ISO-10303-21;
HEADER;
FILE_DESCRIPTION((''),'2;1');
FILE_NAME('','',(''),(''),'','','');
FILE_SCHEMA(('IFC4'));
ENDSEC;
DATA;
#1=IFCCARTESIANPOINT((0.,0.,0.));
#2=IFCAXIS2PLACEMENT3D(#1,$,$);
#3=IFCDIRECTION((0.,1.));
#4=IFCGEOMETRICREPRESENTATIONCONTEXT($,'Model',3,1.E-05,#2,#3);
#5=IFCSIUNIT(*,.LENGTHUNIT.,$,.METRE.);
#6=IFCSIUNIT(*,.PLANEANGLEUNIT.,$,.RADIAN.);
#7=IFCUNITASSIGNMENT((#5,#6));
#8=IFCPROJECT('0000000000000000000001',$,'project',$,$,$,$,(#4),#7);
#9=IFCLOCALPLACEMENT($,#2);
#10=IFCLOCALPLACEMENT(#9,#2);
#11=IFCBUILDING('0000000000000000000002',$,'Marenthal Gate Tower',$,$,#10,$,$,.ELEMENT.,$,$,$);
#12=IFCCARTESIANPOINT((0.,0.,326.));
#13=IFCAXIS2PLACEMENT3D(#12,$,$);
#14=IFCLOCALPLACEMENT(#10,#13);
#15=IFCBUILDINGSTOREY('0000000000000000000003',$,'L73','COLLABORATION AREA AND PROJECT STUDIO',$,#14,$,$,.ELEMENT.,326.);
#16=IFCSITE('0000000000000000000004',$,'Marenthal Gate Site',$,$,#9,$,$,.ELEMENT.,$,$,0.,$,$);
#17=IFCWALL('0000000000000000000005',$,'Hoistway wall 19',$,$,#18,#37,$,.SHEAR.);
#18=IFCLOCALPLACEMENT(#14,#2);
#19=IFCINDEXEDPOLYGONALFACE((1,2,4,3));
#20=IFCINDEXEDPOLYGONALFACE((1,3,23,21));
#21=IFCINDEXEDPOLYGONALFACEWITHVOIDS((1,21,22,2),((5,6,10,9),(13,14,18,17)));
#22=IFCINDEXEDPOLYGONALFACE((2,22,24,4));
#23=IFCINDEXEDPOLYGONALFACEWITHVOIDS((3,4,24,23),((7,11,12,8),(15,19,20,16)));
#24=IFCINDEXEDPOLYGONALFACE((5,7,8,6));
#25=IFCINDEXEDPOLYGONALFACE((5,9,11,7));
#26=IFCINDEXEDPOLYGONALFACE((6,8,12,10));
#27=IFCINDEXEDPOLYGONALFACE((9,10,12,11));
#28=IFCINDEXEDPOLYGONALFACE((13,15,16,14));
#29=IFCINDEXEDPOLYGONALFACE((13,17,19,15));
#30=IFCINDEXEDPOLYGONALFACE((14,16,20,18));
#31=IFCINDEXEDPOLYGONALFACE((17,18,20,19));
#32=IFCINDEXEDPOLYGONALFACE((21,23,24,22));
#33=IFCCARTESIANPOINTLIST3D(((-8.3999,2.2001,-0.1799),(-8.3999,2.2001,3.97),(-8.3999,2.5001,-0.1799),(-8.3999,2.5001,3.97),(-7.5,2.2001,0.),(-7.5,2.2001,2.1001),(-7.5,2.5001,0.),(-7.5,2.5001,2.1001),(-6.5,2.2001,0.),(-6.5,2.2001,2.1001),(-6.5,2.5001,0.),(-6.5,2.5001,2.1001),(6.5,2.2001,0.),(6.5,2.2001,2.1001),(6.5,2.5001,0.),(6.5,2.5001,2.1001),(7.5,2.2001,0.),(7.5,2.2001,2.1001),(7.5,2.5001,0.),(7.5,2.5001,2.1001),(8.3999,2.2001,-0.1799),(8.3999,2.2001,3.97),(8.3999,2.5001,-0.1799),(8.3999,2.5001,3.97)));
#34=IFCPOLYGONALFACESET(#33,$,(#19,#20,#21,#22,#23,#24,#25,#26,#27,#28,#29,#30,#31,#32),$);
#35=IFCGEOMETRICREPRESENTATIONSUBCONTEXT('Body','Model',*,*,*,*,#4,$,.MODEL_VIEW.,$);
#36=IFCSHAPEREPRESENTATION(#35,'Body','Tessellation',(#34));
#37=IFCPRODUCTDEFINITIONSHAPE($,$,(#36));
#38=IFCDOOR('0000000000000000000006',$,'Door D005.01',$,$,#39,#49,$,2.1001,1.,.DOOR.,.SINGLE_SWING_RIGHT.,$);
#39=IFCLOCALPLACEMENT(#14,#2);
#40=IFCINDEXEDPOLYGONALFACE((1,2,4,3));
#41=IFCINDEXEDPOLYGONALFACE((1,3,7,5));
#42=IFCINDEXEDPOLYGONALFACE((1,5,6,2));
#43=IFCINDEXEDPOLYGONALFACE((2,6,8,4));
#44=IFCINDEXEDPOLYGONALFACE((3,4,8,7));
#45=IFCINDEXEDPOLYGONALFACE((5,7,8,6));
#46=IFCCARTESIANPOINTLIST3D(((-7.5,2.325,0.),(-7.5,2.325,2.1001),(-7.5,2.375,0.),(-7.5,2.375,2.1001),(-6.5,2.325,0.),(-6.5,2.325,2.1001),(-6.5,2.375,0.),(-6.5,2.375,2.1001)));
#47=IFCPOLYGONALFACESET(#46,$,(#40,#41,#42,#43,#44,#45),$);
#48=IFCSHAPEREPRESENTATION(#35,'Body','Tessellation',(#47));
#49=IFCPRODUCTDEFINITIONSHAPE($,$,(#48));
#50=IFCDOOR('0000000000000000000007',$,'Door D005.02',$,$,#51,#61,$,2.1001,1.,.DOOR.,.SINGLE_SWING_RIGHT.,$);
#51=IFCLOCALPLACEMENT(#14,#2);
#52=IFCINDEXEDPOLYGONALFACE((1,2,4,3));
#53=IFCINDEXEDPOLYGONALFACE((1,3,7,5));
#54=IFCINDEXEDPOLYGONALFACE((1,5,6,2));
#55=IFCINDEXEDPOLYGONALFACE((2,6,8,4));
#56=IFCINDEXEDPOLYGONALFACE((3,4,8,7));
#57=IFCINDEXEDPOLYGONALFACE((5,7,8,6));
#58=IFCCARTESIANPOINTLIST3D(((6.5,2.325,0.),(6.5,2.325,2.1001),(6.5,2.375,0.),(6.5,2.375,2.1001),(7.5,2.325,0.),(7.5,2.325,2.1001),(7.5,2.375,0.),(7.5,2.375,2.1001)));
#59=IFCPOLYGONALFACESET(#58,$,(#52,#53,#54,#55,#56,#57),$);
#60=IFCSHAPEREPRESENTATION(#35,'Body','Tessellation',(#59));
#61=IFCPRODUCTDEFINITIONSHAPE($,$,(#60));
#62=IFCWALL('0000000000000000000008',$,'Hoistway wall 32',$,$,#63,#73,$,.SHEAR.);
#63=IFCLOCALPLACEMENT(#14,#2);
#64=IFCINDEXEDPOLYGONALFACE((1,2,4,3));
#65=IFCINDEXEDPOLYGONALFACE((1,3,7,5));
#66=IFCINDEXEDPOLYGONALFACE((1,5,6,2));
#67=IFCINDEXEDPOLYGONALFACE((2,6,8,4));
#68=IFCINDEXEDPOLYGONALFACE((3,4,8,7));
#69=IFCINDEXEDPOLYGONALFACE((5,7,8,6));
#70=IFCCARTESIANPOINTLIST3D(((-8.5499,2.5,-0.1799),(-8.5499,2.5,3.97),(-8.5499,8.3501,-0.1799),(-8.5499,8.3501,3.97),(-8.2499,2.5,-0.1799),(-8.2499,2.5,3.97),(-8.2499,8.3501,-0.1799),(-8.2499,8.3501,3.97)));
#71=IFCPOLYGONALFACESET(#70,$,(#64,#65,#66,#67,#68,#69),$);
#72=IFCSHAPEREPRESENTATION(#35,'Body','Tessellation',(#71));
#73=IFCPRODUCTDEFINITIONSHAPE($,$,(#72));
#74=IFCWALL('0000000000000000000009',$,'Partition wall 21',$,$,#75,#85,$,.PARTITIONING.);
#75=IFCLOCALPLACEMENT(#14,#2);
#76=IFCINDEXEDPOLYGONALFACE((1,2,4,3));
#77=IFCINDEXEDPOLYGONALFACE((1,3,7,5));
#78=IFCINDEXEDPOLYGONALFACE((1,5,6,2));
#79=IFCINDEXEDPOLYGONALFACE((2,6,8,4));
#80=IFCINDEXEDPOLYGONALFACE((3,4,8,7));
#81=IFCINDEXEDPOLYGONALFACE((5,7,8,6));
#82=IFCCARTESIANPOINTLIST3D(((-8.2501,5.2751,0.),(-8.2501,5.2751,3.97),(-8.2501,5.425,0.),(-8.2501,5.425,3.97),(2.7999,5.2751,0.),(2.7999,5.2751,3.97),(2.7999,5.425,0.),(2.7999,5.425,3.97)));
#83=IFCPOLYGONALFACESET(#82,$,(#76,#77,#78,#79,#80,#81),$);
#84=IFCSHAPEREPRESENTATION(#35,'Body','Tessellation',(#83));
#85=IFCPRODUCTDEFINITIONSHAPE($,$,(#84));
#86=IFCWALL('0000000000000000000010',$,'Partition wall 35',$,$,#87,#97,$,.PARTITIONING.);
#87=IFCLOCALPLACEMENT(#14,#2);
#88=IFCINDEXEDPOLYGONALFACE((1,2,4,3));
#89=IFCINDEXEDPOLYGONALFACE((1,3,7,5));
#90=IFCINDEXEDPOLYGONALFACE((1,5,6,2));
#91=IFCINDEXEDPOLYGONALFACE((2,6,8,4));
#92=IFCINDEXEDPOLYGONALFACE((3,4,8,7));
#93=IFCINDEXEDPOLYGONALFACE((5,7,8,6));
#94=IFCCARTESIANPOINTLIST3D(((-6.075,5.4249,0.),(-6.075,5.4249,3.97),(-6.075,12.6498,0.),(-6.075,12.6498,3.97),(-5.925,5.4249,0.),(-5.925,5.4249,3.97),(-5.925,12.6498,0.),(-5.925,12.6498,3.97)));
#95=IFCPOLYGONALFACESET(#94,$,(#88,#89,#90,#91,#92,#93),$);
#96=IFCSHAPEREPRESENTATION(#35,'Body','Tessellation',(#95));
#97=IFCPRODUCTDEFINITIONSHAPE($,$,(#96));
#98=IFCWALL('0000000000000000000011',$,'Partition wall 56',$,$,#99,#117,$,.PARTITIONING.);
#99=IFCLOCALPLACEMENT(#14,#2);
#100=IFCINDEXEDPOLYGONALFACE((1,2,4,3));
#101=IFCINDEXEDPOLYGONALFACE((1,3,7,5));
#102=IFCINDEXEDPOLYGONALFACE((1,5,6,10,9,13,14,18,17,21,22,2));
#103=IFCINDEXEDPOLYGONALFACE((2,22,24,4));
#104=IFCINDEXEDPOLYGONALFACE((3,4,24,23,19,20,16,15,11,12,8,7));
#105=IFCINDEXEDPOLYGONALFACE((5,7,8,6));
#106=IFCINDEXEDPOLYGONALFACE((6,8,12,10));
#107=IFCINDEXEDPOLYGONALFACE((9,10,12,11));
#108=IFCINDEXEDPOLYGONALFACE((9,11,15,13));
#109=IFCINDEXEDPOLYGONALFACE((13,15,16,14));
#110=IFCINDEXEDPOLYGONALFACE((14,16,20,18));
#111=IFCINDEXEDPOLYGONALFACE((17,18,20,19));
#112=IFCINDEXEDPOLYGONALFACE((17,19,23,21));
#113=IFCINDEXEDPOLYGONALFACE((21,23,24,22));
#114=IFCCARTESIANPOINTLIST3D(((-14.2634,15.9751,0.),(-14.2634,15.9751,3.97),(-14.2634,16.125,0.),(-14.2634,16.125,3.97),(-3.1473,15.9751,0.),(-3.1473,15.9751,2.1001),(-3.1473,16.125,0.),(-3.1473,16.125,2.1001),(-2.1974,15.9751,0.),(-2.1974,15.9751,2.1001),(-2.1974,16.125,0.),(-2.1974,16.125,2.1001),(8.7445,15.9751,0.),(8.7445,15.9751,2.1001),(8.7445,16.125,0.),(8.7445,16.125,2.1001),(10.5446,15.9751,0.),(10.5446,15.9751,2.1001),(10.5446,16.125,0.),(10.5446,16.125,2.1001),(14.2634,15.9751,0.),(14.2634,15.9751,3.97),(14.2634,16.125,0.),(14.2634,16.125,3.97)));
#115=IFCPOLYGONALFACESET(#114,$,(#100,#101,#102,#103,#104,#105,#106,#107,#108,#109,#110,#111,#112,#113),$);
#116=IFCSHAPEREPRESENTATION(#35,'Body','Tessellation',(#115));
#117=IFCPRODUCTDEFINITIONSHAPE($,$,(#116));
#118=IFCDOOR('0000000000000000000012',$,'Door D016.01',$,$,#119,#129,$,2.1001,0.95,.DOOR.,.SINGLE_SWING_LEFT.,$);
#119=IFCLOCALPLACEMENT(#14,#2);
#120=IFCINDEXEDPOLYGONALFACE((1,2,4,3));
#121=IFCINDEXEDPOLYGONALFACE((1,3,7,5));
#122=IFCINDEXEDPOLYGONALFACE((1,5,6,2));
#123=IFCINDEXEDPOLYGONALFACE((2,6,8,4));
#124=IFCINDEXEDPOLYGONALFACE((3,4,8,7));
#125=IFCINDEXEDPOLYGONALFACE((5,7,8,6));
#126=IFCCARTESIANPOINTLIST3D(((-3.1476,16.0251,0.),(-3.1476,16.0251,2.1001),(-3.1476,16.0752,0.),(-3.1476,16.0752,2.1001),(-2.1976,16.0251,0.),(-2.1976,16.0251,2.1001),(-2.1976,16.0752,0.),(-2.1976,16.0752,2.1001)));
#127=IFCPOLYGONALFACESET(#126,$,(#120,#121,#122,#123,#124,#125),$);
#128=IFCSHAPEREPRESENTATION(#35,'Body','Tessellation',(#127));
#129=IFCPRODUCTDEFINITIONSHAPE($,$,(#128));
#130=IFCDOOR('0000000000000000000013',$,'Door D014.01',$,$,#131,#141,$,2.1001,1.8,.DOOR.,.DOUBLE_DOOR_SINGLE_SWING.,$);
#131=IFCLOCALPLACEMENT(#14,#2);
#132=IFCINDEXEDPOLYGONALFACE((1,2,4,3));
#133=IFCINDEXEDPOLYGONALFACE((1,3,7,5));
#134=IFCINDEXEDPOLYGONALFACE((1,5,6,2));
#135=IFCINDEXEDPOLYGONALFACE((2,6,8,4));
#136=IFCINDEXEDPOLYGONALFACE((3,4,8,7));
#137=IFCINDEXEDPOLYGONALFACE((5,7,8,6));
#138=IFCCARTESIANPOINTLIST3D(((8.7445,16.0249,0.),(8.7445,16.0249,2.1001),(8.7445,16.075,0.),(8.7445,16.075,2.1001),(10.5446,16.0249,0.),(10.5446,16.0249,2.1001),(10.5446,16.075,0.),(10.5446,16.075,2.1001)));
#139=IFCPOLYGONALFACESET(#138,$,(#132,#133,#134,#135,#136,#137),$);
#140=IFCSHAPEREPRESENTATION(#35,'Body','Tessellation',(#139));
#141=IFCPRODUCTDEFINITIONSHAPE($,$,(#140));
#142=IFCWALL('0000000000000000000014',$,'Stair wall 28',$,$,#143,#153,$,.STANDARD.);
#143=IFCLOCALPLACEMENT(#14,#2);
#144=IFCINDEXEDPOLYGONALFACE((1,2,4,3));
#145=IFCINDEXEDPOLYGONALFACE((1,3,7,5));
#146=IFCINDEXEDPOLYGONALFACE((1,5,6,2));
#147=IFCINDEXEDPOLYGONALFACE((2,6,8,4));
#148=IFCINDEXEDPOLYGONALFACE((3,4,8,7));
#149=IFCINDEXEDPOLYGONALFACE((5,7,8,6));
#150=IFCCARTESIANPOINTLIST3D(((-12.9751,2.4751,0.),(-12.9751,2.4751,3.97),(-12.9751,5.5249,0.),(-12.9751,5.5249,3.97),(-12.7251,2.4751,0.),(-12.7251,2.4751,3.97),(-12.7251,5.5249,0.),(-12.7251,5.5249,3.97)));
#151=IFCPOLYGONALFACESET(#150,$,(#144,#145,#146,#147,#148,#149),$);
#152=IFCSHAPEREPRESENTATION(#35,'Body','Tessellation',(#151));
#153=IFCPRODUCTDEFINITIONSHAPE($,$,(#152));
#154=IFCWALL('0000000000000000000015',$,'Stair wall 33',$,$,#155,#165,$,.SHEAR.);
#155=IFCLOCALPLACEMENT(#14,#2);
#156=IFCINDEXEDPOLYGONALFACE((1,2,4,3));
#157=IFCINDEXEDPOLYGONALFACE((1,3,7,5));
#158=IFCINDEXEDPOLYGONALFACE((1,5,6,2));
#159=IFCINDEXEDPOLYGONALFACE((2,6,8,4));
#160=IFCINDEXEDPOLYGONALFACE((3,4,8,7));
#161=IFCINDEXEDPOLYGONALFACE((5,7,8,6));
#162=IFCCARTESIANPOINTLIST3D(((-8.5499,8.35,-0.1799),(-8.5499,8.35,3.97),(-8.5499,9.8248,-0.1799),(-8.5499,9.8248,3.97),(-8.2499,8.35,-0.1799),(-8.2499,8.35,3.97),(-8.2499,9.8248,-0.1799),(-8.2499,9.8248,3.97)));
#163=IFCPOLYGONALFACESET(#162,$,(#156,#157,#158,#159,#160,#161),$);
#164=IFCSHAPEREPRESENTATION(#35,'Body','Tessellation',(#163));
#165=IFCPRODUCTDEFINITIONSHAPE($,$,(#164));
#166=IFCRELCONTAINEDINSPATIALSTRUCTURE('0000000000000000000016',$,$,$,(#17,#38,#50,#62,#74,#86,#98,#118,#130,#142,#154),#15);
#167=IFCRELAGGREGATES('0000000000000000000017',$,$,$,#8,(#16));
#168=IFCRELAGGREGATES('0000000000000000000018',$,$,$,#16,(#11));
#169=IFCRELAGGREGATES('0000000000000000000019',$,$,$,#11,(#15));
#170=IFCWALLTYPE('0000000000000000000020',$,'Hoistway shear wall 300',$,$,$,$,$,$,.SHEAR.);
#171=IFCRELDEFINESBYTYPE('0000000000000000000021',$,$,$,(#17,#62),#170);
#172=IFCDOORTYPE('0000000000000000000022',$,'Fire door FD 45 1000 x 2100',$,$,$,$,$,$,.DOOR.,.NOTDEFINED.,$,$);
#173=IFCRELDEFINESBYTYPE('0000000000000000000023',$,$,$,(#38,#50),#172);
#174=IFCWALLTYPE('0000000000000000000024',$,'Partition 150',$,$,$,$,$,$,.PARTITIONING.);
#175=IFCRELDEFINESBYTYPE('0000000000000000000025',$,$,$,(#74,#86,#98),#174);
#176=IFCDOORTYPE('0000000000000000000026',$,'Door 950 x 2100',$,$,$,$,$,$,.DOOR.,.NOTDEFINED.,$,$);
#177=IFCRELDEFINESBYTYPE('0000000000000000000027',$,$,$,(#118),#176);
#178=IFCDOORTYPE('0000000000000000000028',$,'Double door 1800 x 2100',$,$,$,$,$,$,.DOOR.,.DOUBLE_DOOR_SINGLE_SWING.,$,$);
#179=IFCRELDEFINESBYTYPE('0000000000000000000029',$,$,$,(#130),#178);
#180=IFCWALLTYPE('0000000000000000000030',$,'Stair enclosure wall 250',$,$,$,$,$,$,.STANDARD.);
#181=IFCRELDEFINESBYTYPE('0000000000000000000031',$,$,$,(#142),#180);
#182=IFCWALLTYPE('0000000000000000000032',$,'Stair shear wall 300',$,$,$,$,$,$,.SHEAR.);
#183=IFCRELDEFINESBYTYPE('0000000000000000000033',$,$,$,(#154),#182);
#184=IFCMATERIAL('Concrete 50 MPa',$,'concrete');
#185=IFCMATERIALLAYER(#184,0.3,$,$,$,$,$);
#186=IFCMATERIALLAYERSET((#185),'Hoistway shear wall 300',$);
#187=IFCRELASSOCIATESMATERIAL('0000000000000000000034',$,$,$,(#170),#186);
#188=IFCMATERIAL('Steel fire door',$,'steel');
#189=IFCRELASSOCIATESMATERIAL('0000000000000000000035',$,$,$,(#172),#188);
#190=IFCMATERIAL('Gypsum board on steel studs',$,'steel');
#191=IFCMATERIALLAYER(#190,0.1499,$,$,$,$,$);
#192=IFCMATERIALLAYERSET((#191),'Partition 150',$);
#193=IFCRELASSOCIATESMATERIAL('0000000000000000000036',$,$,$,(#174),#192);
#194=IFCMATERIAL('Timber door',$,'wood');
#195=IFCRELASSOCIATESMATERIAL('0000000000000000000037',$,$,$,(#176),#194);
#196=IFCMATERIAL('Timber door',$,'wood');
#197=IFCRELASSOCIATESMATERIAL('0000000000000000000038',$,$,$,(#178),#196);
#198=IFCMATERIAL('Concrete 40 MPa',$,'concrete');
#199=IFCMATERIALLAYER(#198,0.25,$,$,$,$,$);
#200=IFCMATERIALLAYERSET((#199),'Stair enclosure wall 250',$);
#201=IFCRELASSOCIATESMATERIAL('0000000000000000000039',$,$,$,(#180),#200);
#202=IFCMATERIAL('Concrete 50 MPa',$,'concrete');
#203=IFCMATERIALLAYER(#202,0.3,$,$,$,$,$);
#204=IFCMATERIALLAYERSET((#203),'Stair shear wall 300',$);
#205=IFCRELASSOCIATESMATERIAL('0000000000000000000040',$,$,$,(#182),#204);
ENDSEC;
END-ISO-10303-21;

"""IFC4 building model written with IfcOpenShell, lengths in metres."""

from ifc_helpers import new_model, si_unit, direction, frame, frame_2d, origin, place, context, subcontext, project, spatial, rectangle, extrude, material, layer, layer_set, type_object, element, fill, save


model = new_model("IFC4")

# Units and contexts
model_context = context("Model", 3, precision=1e-05, world=origin(), true_north=direction((0.0, 1.0)))
body_context = subcontext(model_context, "Body", "Model", "MODEL_VIEW")
ifc_project = project(units=[si_unit("LENGTHUNIT", "METRE"), si_unit("PLANEANGLEUNIT", "RADIAN")], contexts=[model_context])

# Site, building, storey
site_placement = place(None, origin())
site = spatial("IfcSite", under=ifc_project, at=site_placement, Name="Marenthal Gate Site", CompositionType="ELEMENT", RefElevation=0.0)
building_placement = place(site_placement, origin())
building = spatial("IfcBuilding", under=site, at=building_placement, Name="Marenthal Gate Tower", CompositionType="ELEMENT")
storey_placement = place(building_placement, frame((0.0, 0.0, 326.0)))
storey = spatial("IfcBuildingStorey", under=building, at=storey_placement, Name="L73", Description="COLLABORATION AREA AND PROJECT STUDIO", CompositionType="ELEMENT", Elevation=326.0)

# Wall, openings, doors
ifc_material_1 = material(Name="Concrete 50 MPa", Category="concrete")
ifc_layer_1 = layer(ifc_material_1, 0.3)
ifc_layer_set_1 = layer_set([ifc_layer_1], Name="Hoistway shear wall 300")
wall_type_1 = type_object("IfcWallType", Name="Hoistway shear wall 300", PredefinedType="SHEAR", material=ifc_layer_set_1)
wall_1_placement = place(storey_placement, frame((-8.3999, 2.3501, -0.1799), z_axis=(0.0, 0.0, 1.0), x_axis=(1.0, 0.0, 0.0)))
wall_1 = element("IfcWall", 1, at=wall_1_placement, inside=storey, type_object=wall_type_1, Name="Hoistway wall 19", PredefinedType="SHEAR", context=body_context, shape_type="SweptSolid", body=[
    extrude(rectangle(XDim=16.7998, YDim=0.3, at=frame_2d((8.3999, 0.0))), origin(), (0.0, 0.0, 1.0), 4.1499),
])
opening_1_placement = place(wall_1_placement, frame((0.8999, 0.0, 0.1799)))
opening_1 = element("IfcOpeningElement", 2, at=opening_1_placement, cuts=wall_1, PredefinedType="OPENING", context=body_context, shape_type="SweptSolid", body=[
    extrude(rectangle(XDim=1.0, YDim=2.1001, at=frame_2d((0.5, 1.05))), frame((0.0, 0.1602, 0.0), z_axis=(0.0, -1.0, 0.0), x_axis=(1.0, 0.0, 0.0)), (0.0, 0.0, 1.0), 0.3201),
])
opening_2_placement = place(wall_1_placement, frame((14.8999, 0.0, 0.1799)))
opening_2 = element("IfcOpeningElement", 3, at=opening_2_placement, cuts=wall_1, PredefinedType="OPENING", context=body_context, shape_type="SweptSolid", body=[
    extrude(rectangle(XDim=1.0, YDim=2.1001, at=frame_2d((0.5, 1.05))), frame((0.0, 0.1602, 0.0), z_axis=(0.0, -1.0, 0.0), x_axis=(1.0, 0.0, 0.0)), (0.0, 0.0, 1.0), 0.3201),
])
ifc_material_2 = material(Name="Steel fire door", Category="steel")
door_type_1 = type_object("IfcDoorType", Name="Fire door FD 45 1000 x 2100", OperationType="NOTDEFINED", PredefinedType="DOOR", material=ifc_material_2)
door_1_placement = place(opening_1_placement, origin())
door_1 = element("IfcDoor", 4, at=door_1_placement, inside=storey, type_object=door_type_1, Name="Door D005.01", OperationType="SINGLE_SWING_RIGHT", OverallHeight=2.1001, OverallWidth=1.0, PredefinedType="DOOR", context=body_context, shape_type="SweptSolid", body=[
    extrude(rectangle(XDim=1.0, YDim=2.1001, at=frame_2d((0.5, 1.05))), frame((0.0, 0.0249, 0.0), z_axis=(0.0, -1.0, 0.0), x_axis=(1.0, 0.0, 0.0)), (0.0, 0.0, 1.0), 0.05),
])
fill(opening_1, door_1)
door_2_placement = place(opening_2_placement, origin())
door_2 = element("IfcDoor", 5, at=door_2_placement, inside=storey, type_object=door_type_1, Name="Door D005.02", OperationType="SINGLE_SWING_RIGHT", OverallHeight=2.1001, OverallWidth=1.0, PredefinedType="DOOR", context=body_context, shape_type="SweptSolid", body=[
    extrude(rectangle(XDim=1.0, YDim=2.1001, at=frame_2d((0.5, 1.05))), frame((0.0, 0.0249, 0.0), z_axis=(0.0, -1.0, 0.0), x_axis=(1.0, 0.0, 0.0)), (0.0, 0.0, 1.0), 0.05),
])
fill(opening_2, door_2)

# Walls
wall_2_placement = place(storey_placement, frame((-8.3999, 2.5, -0.1799), z_axis=(0.0, 0.0, 1.0), x_axis=(0.0, 1.0, 0.0)))
element("IfcWall", 6, at=wall_2_placement, inside=storey, type_object=wall_type_1, Name="Hoistway wall 32", PredefinedType="SHEAR", context=body_context, shape_type="SweptSolid", body=[
    extrude(rectangle(XDim=5.8501, YDim=0.3, at=frame_2d((2.925, 0.0))), origin(), (0.0, 0.0, 1.0), 4.1499),
])
ifc_material_3 = material(Name="Gypsum board on steel studs", Category="steel")
ifc_layer_2 = layer(ifc_material_3, 0.1499)
ifc_layer_set_2 = layer_set([ifc_layer_2], Name="Partition 150")
wall_type_2 = type_object("IfcWallType", Name="Partition 150", PredefinedType="PARTITIONING", material=ifc_layer_set_2)
wall_3_placement = place(storey_placement, frame((-8.25, 5.3501, 0.0), z_axis=(0.0, 0.0, 1.0), x_axis=(1.0, 0.0, 0.0)))
element("IfcWall", 7, at=wall_3_placement, inside=storey, type_object=wall_type_2, Name="Partition wall 21", PredefinedType="PARTITIONING", context=body_context, shape_type="SweptSolid", body=[
    extrude(rectangle(XDim=11.05, YDim=0.1499, at=frame_2d((5.5249, 0.0))), origin(), (0.0, 0.0, 1.0), 3.97),
])
wall_4_placement = place(storey_placement, frame((-6.0, 5.425, 0.0), z_axis=(0.0, 0.0, 1.0), x_axis=(0.0, 1.0, 0.0)))
element("IfcWall", 8, at=wall_4_placement, inside=storey, type_object=wall_type_2, Name="Partition wall 35", PredefinedType="PARTITIONING", context=body_context, shape_type="SweptSolid", body=[
    extrude(rectangle(XDim=7.2249, YDim=0.1499, at=frame_2d((3.6123, 0.0))), origin(), (0.0, 0.0, 1.0), 3.97),
])

# Wall, openings, doors
wall_5_placement = place(storey_placement, frame((-14.2634, 16.05, 0.0), z_axis=(0.0, 0.0, 1.0), x_axis=(1.0, 0.0, 0.0)))
wall_5 = element("IfcWall", 9, at=wall_5_placement, inside=storey, type_object=wall_type_2, Name="Partition wall 56", PredefinedType="PARTITIONING", context=body_context, shape_type="SweptSolid", body=[
    extrude(rectangle(XDim=28.5269, YDim=0.1499, at=frame_2d((14.2634, 0.0))), origin(), (0.0, 0.0, 1.0), 3.97),
])
opening_3_placement = place(wall_5_placement, frame((23.0081, 0.0, 0.0)))
opening_3 = element("IfcOpeningElement", 10, at=opening_3_placement, cuts=wall_5, PredefinedType="OPENING", context=body_context, shape_type="SweptSolid", body=[
    extrude(rectangle(XDim=1.8, YDim=2.1001, at=frame_2d((0.8999, 1.05))), frame((0.0, 0.085, 0.0), z_axis=(0.0, -1.0, 0.0), x_axis=(1.0, 0.0, 0.0)), (0.0, 0.0, 1.0), 0.1699),
])
opening_4_placement = place(wall_5_placement, frame((11.116, 0.0, 0.0)))
opening_4 = element("IfcOpeningElement", 11, at=opening_4_placement, cuts=wall_5, PredefinedType="OPENING", context=body_context, shape_type="SweptSolid", body=[
    extrude(rectangle(XDim=0.95, YDim=2.1001, at=frame_2d((0.4751, 1.05))), frame((0.0, 0.085, 0.0), z_axis=(0.0, -1.0, 0.0), x_axis=(1.0, 0.0, 0.0)), (0.0, 0.0, 1.0), 0.1699),
])
ifc_material_4 = material(Name="Timber door", Category="wood")
door_type_2 = type_object("IfcDoorType", Name="Door 950 x 2100", OperationType="NOTDEFINED", PredefinedType="DOOR", material=ifc_material_4)
door_3_placement = place(opening_4_placement, frame((0.95, 0.0, 0.0), z_axis=(0.0, 0.0, 1.0), x_axis=(-1.0, 0.0, 0.0)))
door_3 = element("IfcDoor", 12, at=door_3_placement, inside=storey, type_object=door_type_2, Name="Door D016.01", OperationType="SINGLE_SWING_LEFT", OverallHeight=2.1001, OverallWidth=0.95, PredefinedType="DOOR", context=body_context, shape_type="SweptSolid", body=[
    extrude(rectangle(XDim=0.95, YDim=2.1001, at=frame_2d((0.4751, 1.05))), frame((0.0, 0.0249, 0.0), z_axis=(0.0, -1.0, 0.0), x_axis=(1.0, 0.0, 0.0)), (0.0, 0.0, 1.0), 0.05),
])
fill(opening_4, door_3)
ifc_material_5 = material(Name="Timber door", Category="wood")
door_type_3 = type_object("IfcDoorType", Name="Double door 1800 x 2100", OperationType="DOUBLE_DOOR_SINGLE_SWING", PredefinedType="DOOR", material=ifc_material_5)
door_4_placement = place(opening_3_placement, origin())
door_4 = element("IfcDoor", 13, at=door_4_placement, inside=storey, type_object=door_type_3, Name="Door D014.01", OperationType="DOUBLE_DOOR_SINGLE_SWING", OverallHeight=2.1001, OverallWidth=1.8, PredefinedType="DOOR", context=body_context, shape_type="SweptSolid", body=[
    extrude(rectangle(XDim=1.8, YDim=2.1001, at=frame_2d((0.8999, 1.05))), frame((0.0, 0.0249, 0.0), z_axis=(0.0, -1.0, 0.0), x_axis=(1.0, 0.0, 0.0)), (0.0, 0.0, 1.0), 0.05),
])
fill(opening_3, door_4)

# Walls
ifc_material_6 = material(Name="Concrete 40 MPa", Category="concrete")
ifc_layer_3 = layer(ifc_material_6, 0.25)
ifc_layer_set_3 = layer_set([ifc_layer_3], Name="Stair enclosure wall 250")
wall_type_3 = type_object("IfcWallType", Name="Stair enclosure wall 250", PredefinedType="STANDARD", material=ifc_layer_set_3)
wall_6_placement = place(storey_placement, frame((-12.8501, 2.4751, 0.0), z_axis=(0.0, 0.0, 1.0), x_axis=(0.0, 1.0, 0.0)))
element("IfcWall", 14, at=wall_6_placement, inside=storey, type_object=wall_type_3, Name="Stair wall 28", PredefinedType="STANDARD", context=body_context, shape_type="SweptSolid", body=[
    extrude(rectangle(XDim=3.0498, YDim=0.25, at=frame_2d((1.5249, 0.0))), origin(), (0.0, 0.0, 1.0), 3.97),
])
ifc_material_7 = material(Name="Concrete 50 MPa", Category="concrete")
ifc_layer_4 = layer(ifc_material_7, 0.3)
ifc_layer_set_4 = layer_set([ifc_layer_4], Name="Stair shear wall 300")
wall_type_4 = type_object("IfcWallType", Name="Stair shear wall 300", PredefinedType="SHEAR", material=ifc_layer_set_4)
wall_7_placement = place(storey_placement, frame((-8.3999, 8.3501, -0.1799), z_axis=(0.0, 0.0, 1.0), x_axis=(0.0, 1.0, 0.0)))
element("IfcWall", 15, at=wall_7_placement, inside=storey, type_object=wall_type_4, Name="Stair wall 33", PredefinedType="SHEAR", context=body_context, shape_type="SweptSolid", body=[
    extrude(rectangle(XDim=1.4749, YDim=0.3, at=frame_2d((0.7373, 0.0))), origin(), (0.0, 0.0, 1.0), 4.1499),
])

save(model, "model.ifc")
